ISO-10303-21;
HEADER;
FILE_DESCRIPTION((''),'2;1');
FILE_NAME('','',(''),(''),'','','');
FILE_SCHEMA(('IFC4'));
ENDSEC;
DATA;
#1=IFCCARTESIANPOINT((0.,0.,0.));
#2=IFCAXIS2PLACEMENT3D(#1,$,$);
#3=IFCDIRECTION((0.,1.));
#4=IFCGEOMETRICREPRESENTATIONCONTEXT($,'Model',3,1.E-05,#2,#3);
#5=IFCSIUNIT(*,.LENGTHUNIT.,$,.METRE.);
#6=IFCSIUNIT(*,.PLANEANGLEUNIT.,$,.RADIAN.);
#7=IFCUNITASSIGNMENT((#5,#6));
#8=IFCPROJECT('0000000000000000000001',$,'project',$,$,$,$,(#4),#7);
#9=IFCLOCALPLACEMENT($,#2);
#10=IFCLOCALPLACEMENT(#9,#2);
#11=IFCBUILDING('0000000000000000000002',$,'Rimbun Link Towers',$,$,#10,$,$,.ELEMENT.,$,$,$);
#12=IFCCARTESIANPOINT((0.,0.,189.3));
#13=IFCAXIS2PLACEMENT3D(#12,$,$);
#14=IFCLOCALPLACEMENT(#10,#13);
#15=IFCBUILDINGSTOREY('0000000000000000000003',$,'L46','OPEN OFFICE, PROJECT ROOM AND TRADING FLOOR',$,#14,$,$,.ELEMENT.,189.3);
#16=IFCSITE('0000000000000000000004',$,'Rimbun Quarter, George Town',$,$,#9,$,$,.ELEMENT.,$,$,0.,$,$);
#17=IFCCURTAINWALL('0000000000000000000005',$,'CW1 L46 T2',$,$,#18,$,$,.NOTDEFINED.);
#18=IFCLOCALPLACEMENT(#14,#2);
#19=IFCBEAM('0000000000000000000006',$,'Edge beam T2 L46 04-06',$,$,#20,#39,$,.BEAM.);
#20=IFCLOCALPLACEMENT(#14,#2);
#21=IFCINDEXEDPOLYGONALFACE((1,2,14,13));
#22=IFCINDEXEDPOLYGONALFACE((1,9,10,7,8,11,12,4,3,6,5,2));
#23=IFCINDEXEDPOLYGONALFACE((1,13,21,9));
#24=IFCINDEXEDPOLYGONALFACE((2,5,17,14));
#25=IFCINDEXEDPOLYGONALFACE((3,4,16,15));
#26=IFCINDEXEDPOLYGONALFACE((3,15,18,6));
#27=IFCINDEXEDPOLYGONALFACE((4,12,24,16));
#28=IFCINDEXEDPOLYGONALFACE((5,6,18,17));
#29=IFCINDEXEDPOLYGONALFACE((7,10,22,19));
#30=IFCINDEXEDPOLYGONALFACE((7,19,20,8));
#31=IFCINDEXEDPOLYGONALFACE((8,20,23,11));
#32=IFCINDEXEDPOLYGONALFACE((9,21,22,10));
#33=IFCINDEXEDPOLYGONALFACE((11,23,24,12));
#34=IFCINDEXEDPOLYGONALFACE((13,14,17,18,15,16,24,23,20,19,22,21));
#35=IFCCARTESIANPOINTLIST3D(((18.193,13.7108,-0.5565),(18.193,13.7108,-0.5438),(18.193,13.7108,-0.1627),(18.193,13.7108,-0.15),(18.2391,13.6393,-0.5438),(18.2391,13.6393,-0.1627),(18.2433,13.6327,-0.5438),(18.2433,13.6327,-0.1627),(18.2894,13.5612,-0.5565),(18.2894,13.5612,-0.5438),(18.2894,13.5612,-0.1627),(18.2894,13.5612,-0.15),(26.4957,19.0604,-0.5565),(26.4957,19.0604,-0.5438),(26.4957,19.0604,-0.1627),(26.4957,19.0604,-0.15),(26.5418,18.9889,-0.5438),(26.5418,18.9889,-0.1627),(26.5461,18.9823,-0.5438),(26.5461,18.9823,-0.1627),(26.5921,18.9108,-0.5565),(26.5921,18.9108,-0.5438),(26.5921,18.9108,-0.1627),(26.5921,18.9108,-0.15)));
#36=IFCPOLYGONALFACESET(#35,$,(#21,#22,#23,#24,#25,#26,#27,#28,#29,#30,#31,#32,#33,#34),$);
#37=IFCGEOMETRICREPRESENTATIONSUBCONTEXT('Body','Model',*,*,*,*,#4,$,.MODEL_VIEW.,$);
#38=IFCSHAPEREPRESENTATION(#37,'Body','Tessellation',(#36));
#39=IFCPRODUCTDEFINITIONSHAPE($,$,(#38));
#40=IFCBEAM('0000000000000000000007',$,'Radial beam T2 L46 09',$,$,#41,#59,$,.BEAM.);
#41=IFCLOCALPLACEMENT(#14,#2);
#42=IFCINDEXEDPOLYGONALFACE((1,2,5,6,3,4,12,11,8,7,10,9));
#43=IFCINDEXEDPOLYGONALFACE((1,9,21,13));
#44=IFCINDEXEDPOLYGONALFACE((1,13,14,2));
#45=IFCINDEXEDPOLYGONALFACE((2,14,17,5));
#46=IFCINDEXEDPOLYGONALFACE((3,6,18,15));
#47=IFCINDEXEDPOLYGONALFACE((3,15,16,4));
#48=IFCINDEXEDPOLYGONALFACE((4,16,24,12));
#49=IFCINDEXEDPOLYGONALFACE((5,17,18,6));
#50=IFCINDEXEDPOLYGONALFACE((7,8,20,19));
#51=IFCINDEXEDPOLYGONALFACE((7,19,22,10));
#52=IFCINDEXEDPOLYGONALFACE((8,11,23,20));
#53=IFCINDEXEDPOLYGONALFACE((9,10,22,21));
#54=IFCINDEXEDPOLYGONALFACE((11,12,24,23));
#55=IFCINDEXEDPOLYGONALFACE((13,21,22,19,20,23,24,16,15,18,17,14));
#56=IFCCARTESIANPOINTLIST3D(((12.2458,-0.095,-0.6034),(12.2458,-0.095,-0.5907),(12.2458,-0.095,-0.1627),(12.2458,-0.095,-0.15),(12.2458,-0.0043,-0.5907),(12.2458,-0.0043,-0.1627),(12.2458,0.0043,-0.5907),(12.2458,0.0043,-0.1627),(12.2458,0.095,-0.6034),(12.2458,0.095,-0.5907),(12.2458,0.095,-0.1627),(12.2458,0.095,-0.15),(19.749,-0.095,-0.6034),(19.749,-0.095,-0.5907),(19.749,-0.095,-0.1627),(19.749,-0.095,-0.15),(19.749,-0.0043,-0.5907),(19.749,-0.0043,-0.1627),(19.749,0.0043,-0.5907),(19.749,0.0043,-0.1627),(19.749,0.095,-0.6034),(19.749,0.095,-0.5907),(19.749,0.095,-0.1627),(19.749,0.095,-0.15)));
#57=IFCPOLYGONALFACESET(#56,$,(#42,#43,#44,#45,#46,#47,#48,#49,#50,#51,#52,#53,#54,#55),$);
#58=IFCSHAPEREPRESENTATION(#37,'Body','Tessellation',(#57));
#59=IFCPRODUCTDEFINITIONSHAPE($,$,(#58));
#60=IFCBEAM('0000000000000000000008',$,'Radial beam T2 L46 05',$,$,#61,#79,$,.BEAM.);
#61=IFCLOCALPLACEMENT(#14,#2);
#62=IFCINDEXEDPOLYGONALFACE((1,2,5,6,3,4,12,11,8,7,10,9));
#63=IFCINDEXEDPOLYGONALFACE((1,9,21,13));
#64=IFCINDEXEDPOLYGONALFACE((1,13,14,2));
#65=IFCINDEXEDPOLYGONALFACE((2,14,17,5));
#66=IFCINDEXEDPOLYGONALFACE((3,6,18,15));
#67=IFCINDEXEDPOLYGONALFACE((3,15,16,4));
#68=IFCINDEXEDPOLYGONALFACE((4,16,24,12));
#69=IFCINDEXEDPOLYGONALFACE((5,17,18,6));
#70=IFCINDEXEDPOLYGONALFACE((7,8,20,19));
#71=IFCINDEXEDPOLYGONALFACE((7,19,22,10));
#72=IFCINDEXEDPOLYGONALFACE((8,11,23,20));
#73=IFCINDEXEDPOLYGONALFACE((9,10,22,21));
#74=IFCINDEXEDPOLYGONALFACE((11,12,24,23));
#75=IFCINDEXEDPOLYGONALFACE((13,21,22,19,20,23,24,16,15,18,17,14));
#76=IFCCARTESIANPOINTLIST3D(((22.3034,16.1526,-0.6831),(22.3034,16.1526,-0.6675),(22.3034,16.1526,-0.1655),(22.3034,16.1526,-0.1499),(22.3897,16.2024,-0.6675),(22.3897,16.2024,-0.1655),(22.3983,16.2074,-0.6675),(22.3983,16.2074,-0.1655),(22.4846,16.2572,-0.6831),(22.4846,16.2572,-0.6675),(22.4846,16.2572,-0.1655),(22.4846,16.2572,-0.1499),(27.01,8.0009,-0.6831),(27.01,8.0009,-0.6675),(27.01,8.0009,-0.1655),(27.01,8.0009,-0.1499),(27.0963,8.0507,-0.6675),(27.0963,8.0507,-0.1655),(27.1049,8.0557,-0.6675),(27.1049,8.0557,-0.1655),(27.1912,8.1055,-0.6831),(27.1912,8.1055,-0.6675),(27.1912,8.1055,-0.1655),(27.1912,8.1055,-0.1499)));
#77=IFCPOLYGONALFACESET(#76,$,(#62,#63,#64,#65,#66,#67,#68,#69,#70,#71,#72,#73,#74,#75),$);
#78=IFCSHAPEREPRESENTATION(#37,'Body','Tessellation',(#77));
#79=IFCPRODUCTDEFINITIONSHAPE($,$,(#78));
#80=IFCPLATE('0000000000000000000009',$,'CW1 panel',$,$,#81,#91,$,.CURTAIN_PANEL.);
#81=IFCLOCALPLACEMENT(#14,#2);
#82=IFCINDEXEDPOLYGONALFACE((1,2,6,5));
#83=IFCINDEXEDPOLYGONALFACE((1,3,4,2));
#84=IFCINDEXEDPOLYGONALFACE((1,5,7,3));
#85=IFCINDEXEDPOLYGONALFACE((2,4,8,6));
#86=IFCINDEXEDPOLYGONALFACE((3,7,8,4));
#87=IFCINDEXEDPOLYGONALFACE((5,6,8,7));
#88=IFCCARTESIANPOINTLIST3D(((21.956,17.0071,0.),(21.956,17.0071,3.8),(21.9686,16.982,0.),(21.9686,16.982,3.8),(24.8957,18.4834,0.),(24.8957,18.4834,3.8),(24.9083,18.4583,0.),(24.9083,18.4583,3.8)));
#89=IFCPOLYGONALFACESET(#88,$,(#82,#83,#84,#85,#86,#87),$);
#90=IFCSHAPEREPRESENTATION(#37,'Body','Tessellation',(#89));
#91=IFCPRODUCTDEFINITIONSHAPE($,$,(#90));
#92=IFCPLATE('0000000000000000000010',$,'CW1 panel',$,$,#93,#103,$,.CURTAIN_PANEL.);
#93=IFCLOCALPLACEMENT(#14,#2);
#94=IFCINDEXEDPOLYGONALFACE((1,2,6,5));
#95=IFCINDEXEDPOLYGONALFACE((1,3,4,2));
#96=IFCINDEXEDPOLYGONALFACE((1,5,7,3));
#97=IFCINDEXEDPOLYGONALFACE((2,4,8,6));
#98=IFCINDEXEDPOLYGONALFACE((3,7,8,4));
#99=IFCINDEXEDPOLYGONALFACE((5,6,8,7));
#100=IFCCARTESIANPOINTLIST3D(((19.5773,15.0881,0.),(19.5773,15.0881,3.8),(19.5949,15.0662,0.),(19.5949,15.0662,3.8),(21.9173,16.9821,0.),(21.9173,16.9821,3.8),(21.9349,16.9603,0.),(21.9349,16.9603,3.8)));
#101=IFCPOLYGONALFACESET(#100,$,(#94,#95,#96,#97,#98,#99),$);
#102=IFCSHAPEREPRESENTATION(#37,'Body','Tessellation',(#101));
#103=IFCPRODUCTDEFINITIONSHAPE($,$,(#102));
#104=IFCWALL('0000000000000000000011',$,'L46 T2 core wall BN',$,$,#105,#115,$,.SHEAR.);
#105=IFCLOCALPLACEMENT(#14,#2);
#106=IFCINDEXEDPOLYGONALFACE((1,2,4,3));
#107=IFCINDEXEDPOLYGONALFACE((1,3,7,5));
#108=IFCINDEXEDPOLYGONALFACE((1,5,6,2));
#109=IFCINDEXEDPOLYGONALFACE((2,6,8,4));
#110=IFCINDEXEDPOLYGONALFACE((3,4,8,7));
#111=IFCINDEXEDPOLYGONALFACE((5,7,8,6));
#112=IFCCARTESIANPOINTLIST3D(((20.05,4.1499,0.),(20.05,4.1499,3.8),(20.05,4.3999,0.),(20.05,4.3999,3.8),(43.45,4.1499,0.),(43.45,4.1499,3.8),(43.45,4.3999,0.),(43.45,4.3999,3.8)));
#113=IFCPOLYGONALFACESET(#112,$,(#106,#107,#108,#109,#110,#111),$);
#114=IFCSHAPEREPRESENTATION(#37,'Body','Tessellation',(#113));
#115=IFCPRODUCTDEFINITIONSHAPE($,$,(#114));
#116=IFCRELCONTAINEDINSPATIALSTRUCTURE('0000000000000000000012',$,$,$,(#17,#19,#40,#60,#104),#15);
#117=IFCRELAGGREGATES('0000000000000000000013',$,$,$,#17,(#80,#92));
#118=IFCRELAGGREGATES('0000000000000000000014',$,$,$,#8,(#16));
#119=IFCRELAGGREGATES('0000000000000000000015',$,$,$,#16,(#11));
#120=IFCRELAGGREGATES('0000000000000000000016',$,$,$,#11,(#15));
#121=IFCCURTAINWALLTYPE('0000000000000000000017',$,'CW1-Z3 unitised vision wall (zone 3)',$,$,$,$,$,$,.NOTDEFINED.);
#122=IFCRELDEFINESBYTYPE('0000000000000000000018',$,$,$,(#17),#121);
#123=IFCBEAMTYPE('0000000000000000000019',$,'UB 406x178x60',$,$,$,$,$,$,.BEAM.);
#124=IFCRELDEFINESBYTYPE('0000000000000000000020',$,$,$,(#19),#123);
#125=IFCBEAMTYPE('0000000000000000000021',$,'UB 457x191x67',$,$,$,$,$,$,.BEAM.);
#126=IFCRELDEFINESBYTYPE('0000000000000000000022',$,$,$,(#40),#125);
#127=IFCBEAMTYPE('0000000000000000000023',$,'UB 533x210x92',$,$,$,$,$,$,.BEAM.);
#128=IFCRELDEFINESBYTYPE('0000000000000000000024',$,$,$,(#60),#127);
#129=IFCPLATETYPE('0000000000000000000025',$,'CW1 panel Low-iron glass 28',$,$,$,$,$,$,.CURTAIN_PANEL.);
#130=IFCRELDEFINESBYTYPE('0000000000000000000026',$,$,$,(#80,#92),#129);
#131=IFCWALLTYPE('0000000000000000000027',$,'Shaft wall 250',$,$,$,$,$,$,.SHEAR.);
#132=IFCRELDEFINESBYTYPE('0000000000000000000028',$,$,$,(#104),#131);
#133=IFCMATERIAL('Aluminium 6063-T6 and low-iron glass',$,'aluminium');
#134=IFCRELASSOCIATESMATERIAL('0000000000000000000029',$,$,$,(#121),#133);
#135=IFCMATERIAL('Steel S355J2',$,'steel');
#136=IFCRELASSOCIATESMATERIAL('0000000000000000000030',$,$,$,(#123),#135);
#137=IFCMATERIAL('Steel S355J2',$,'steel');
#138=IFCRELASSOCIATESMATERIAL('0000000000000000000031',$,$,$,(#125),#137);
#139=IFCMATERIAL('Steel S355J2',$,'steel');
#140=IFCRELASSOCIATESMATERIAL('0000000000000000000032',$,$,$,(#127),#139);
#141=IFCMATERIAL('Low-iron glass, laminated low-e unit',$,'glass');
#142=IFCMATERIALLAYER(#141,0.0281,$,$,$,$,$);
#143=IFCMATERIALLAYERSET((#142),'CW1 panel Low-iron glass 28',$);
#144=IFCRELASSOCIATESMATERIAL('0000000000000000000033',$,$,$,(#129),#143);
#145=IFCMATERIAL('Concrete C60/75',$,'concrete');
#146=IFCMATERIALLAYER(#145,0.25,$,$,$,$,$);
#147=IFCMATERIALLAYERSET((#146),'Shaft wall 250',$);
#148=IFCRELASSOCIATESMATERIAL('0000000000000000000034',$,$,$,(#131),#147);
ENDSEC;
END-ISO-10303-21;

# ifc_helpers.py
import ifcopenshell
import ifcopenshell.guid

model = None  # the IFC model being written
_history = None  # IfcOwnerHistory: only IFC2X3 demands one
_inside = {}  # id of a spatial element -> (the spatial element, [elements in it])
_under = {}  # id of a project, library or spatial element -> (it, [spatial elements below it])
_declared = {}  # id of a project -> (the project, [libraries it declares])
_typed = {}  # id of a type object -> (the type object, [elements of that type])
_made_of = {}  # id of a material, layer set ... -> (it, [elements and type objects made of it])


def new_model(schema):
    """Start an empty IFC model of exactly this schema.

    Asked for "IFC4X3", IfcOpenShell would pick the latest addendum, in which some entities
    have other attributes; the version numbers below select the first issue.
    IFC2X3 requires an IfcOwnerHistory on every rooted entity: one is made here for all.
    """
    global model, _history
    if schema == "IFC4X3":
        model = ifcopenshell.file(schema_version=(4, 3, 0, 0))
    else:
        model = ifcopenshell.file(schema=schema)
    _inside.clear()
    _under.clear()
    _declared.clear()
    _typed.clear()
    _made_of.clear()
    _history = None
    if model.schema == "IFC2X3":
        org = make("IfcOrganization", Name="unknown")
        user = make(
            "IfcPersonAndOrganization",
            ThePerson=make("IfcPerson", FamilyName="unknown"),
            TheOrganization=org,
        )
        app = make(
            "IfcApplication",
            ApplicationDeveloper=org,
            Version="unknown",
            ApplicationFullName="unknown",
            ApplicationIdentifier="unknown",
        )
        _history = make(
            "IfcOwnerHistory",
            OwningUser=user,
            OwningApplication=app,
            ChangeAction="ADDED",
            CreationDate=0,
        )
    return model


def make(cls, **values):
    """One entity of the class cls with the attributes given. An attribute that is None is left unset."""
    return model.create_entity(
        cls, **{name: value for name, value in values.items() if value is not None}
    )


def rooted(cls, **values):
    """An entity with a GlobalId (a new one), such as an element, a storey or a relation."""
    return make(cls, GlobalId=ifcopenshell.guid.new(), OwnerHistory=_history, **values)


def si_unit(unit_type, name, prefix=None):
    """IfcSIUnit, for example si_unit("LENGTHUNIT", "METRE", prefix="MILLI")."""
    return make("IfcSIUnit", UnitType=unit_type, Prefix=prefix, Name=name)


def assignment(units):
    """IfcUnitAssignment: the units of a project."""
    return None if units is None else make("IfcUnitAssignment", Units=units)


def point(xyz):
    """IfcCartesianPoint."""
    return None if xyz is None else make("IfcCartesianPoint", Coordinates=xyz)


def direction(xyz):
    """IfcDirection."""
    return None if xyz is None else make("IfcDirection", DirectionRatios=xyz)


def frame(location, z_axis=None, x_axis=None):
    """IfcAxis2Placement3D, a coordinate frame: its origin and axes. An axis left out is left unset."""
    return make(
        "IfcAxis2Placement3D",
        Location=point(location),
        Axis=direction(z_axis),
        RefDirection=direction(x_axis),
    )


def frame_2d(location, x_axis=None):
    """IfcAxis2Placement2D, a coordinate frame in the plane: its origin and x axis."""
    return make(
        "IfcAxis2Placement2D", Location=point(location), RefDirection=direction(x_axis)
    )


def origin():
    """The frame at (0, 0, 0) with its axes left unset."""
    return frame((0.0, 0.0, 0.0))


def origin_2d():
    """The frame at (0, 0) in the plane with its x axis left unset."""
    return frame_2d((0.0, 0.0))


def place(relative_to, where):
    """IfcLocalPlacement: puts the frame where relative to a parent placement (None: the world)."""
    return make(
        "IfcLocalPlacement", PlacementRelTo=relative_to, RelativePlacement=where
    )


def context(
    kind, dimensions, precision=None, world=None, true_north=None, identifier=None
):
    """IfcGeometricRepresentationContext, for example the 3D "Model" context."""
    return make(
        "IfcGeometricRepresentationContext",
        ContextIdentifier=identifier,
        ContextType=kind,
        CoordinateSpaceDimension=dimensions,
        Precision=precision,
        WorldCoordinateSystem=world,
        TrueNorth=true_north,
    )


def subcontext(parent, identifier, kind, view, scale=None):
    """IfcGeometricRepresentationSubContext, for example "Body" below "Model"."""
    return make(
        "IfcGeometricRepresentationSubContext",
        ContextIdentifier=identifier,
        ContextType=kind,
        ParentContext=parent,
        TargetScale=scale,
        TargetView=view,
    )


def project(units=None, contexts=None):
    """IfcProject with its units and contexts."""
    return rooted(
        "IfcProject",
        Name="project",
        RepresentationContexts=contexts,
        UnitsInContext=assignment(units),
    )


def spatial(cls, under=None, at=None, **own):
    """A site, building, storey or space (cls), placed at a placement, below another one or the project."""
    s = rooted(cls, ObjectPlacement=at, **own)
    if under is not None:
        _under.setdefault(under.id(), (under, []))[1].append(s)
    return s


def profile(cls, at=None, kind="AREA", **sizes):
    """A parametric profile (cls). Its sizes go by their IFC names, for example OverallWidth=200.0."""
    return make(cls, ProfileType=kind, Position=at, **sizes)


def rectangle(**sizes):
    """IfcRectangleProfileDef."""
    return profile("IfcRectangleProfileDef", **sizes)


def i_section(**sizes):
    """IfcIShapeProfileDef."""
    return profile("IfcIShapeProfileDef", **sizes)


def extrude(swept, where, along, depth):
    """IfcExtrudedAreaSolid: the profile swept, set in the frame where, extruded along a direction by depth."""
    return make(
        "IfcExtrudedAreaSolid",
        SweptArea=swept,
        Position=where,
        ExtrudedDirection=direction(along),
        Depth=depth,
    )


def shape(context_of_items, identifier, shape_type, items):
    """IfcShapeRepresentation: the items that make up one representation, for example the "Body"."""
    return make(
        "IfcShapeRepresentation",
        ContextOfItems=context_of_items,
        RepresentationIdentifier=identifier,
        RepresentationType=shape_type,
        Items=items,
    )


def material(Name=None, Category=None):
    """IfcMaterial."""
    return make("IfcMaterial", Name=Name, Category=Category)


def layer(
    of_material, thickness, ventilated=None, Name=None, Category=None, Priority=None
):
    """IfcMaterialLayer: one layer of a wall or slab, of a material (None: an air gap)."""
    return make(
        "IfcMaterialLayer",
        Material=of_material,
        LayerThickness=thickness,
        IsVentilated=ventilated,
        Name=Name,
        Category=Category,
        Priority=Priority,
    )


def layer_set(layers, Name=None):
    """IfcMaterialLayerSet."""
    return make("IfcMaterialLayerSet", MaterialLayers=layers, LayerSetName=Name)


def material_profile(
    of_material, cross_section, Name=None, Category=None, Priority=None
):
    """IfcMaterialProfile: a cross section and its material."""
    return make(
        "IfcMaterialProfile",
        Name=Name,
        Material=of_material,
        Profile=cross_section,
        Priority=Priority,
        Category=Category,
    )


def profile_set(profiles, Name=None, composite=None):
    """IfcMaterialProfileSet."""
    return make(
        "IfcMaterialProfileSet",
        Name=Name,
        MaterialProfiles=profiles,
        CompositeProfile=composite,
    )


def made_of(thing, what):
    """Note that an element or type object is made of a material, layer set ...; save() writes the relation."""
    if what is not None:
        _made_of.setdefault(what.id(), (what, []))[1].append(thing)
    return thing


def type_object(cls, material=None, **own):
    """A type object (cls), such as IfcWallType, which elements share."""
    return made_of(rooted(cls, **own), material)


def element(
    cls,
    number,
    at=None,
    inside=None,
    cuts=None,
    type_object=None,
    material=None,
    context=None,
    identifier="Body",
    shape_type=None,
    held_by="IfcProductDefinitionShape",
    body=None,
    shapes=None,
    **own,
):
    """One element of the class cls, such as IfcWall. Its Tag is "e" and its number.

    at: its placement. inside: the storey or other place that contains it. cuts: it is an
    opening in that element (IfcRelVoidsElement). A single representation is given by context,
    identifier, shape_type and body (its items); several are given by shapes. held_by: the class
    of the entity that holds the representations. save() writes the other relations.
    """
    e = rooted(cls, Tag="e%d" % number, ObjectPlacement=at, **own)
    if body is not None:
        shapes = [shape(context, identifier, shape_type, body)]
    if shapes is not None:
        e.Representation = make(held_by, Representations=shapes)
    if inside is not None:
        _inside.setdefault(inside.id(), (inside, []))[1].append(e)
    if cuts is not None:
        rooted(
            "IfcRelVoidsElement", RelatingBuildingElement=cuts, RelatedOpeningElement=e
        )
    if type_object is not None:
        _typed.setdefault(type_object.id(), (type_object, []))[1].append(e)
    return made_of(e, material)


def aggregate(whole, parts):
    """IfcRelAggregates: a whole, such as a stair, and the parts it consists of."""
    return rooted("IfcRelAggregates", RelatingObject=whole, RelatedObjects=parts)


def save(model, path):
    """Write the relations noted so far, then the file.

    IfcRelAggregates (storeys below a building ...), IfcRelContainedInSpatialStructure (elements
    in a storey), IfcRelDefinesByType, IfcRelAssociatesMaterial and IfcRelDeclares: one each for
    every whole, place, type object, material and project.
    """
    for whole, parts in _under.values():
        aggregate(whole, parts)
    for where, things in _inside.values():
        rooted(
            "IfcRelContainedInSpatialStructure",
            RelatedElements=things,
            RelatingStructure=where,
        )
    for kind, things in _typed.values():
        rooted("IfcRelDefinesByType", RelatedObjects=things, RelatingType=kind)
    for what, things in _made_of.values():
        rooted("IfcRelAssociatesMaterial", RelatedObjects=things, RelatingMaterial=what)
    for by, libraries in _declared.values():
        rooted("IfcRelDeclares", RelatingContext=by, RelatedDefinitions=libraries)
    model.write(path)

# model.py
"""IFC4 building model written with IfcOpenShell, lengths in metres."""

from ifc_helpers import new_model, si_unit, direction, frame, frame_2d, origin, origin_2d, place, context, subcontext, project, spatial, rectangle, i_section, extrude, material, layer, layer_set, material_profile, profile_set, type_object, element, aggregate, save


model = new_model("IFC4")

# Units and contexts
model_context = context("Model", 3, precision=1e-05, world=origin(), true_north=direction((0.0, 1.0)))
body_context = subcontext(model_context, "Body", "Model", "MODEL_VIEW")
ifc_project = project(units=[si_unit("LENGTHUNIT", "METRE"), si_unit("PLANEANGLEUNIT", "RADIAN")], contexts=[model_context])

# Site, building, storey
site_placement = place(None, origin())
site = spatial("IfcSite", under=ifc_project, at=site_placement, Name="Rimbun Quarter, George Town", CompositionType="ELEMENT", RefElevation=0.0)
building_placement = place(site_placement, origin())
building = spatial("IfcBuilding", under=site, at=building_placement, Name="Rimbun Link Towers", CompositionType="ELEMENT")
storey_placement = place(building_placement, frame((0.0, 0.0, 189.3)))
storey = spatial("IfcBuildingStorey", under=building, at=storey_placement, Name="L46", Description="OPEN OFFICE, PROJECT ROOM AND TRADING FLOOR", CompositionType="ELEMENT", Elevation=189.3)

# Curtain wall
ifc_material_1 = material(Name="Aluminium 6063-T6 and low-iron glass", Category="aluminium")
curtain_wall_type = type_object("IfcCurtainWallType", Name="CW1-Z3 unitised vision wall (zone 3)", PredefinedType="NOTDEFINED", material=ifc_material_1)
curtain_wall_placement = place(storey_placement, origin())
curtain_wall = element("IfcCurtainWall", 1, at=curtain_wall_placement, inside=storey, type_object=curtain_wall_type, Name="CW1 L46 T2", PredefinedType="NOTDEFINED")

# Beams
ifc_material_2 = material(Name="Steel S355J2", Category="steel")
ifc_material_profile_1 = material_profile(ifc_material_2, i_section(OverallWidth=0.178, OverallDepth=0.4065, WebThickness=0.0078, FlangeThickness=0.0127, at=origin_2d()), Name="UB 406x178x60")
ifc_profile_set_1 = profile_set([ifc_material_profile_1], Name="Steel S355J2")
beam_type_1 = type_object("IfcBeamType", Name="UB 406x178x60", PredefinedType="BEAM", material=ifc_profile_set_1)
beam_1_placement = place(storey_placement, frame((26.5439, 18.9856, -0.3533), z_axis=(-0.840619, -0.541627, 0.0), x_axis=(0.541627, -0.840619, 0.0)))
element("IfcBeam", 2, at=beam_1_placement, inside=storey, type_object=beam_type_1, Name="Edge beam T2 L46 04-06", PredefinedType="BEAM", context=body_context, shape_type="SweptSolid", body=[
    extrude(i_section(OverallWidth=0.178, OverallDepth=0.4065, WebThickness=0.0078, FlangeThickness=0.0127, at=origin_2d()), origin(), (0.0, 0.0, 1.0), 9.877),
])
ifc_material_3 = material(Name="Steel S355J2", Category="steel")
ifc_material_profile_2 = material_profile(ifc_material_3, i_section(OverallWidth=0.1899, OverallDepth=0.4534, WebThickness=0.0085, FlangeThickness=0.0127, at=origin_2d()), Name="UB 457x191x67")
ifc_profile_set_2 = profile_set([ifc_material_profile_2], Name="Steel S355J2")
beam_type_2 = type_object("IfcBeamType", Name="UB 457x191x67", PredefinedType="BEAM", material=ifc_profile_set_2)
beam_2_placement = place(storey_placement, frame((19.749, 0.0, -0.3767), z_axis=(-1.0, 0.0, 0.0), x_axis=(0.0, -1.0, 0.0)))
element("IfcBeam", 3, at=beam_2_placement, inside=storey, type_object=beam_type_2, Name="Radial beam T2 L46 09", PredefinedType="BEAM", context=body_context, shape_type="SweptSolid", body=[
    extrude(i_section(OverallWidth=0.1899, OverallDepth=0.4534, WebThickness=0.0085, FlangeThickness=0.0127, at=origin_2d()), origin(), (0.0, 0.0, 1.0), 7.5032),
])
ifc_material_4 = material(Name="Steel S355J2", Category="steel")
ifc_material_profile_3 = material_profile(ifc_material_4, i_section(OverallWidth=0.2092, OverallDepth=0.5332, WebThickness=0.01, FlangeThickness=0.0156, at=origin_2d()), Name="UB 533x210x92")
ifc_profile_set_3 = profile_set([ifc_material_profile_3], Name="Steel S355J2")
beam_type_3 = type_object("IfcBeamType", Name="UB 533x210x92", PredefinedType="BEAM", material=ifc_profile_set_3)
beam_3_placement = place(storey_placement, frame((27.1006, 8.0532, -0.4165), z_axis=(-0.500017, 0.866016, 0.0), x_axis=(-0.866016, -0.500017, 0.0)))
element("IfcBeam", 4, at=beam_3_placement, inside=storey, type_object=beam_type_3, Name="Radial beam T2 L46 05", PredefinedType="BEAM", context=body_context, shape_type="SweptSolid", body=[
    extrude(i_section(OverallWidth=0.2092, OverallDepth=0.5332, WebThickness=0.01, FlangeThickness=0.0156, at=origin_2d()), origin(), (0.0, 0.0, 1.0), 9.4128),
])

# Plates
ifc_material_5 = material(Name="Low-iron glass, laminated low-e unit", Category="glass")
ifc_layer_1 = layer(ifc_material_5, 0.0281)
ifc_layer_set_1 = layer_set([ifc_layer_1], Name="CW1 panel Low-iron glass 28")
plate_type = type_object("IfcPlateType", Name="CW1 panel Low-iron glass 28", PredefinedType="CURTAIN_PANEL", material=ifc_layer_set_1)
plate_1_placement = place(storey_placement, frame((23.4321, 17.7327, 0.0), z_axis=(0.0, 0.0, 1.0), x_axis=(0.893642, 0.448781, 0.0)))
plate_1 = element("IfcPlate", 5, at=plate_1_placement, type_object=plate_type, Name="CW1 panel", PredefinedType="CURTAIN_PANEL", context=body_context, shape_type="SweptSolid", body=[
    extrude(rectangle(XDim=3.2896, YDim=0.0281, at=origin_2d()), origin(), (0.0, 0.0, 1.0), 3.8),
])
plate_2_placement = place(storey_placement, frame((20.7561, 16.0242, 0.0), z_axis=(0.0, 0.0, 1.0), x_axis=(0.777287, 0.629146, 0.0)))
plate_2 = element("IfcPlate", 6, at=plate_2_placement, type_object=plate_type, Name="CW1 panel", PredefinedType="CURTAIN_PANEL", context=body_context, shape_type="SweptSolid", body=[
    extrude(rectangle(XDim=3.0105, YDim=0.0281, at=origin_2d()), origin(), (0.0, 0.0, 1.0), 3.8),
])
aggregate(curtain_wall, [plate_1, plate_2])

# Wall
ifc_material_6 = material(Name="Concrete C60/75", Category="concrete")
ifc_layer_2 = layer(ifc_material_6, 0.25)
ifc_layer_set_2 = layer_set([ifc_layer_2], Name="Shaft wall 250")
wall_type_1 = type_object("IfcWallType", Name="Shaft wall 250", PredefinedType="SHEAR", material=ifc_layer_set_2)
wall_1_placement = place(storey_placement, frame((20.05, 4.2749, 0.0), z_axis=(0.0, 0.0, 1.0), x_axis=(1.0, 0.0, 0.0)))
element("IfcWall", 7, at=wall_1_placement, inside=storey, type_object=wall_type_1, Name="L46 T2 core wall BN", PredefinedType="SHEAR", context=body_context, shape_type="SweptSolid", body=[
    extrude(rectangle(XDim=23.3999, YDim=0.25, at=frame_2d((11.7, 0.0))), origin(), (0.0, 0.0, 1.0), 3.8),
])

save(model, "model.ifc")
